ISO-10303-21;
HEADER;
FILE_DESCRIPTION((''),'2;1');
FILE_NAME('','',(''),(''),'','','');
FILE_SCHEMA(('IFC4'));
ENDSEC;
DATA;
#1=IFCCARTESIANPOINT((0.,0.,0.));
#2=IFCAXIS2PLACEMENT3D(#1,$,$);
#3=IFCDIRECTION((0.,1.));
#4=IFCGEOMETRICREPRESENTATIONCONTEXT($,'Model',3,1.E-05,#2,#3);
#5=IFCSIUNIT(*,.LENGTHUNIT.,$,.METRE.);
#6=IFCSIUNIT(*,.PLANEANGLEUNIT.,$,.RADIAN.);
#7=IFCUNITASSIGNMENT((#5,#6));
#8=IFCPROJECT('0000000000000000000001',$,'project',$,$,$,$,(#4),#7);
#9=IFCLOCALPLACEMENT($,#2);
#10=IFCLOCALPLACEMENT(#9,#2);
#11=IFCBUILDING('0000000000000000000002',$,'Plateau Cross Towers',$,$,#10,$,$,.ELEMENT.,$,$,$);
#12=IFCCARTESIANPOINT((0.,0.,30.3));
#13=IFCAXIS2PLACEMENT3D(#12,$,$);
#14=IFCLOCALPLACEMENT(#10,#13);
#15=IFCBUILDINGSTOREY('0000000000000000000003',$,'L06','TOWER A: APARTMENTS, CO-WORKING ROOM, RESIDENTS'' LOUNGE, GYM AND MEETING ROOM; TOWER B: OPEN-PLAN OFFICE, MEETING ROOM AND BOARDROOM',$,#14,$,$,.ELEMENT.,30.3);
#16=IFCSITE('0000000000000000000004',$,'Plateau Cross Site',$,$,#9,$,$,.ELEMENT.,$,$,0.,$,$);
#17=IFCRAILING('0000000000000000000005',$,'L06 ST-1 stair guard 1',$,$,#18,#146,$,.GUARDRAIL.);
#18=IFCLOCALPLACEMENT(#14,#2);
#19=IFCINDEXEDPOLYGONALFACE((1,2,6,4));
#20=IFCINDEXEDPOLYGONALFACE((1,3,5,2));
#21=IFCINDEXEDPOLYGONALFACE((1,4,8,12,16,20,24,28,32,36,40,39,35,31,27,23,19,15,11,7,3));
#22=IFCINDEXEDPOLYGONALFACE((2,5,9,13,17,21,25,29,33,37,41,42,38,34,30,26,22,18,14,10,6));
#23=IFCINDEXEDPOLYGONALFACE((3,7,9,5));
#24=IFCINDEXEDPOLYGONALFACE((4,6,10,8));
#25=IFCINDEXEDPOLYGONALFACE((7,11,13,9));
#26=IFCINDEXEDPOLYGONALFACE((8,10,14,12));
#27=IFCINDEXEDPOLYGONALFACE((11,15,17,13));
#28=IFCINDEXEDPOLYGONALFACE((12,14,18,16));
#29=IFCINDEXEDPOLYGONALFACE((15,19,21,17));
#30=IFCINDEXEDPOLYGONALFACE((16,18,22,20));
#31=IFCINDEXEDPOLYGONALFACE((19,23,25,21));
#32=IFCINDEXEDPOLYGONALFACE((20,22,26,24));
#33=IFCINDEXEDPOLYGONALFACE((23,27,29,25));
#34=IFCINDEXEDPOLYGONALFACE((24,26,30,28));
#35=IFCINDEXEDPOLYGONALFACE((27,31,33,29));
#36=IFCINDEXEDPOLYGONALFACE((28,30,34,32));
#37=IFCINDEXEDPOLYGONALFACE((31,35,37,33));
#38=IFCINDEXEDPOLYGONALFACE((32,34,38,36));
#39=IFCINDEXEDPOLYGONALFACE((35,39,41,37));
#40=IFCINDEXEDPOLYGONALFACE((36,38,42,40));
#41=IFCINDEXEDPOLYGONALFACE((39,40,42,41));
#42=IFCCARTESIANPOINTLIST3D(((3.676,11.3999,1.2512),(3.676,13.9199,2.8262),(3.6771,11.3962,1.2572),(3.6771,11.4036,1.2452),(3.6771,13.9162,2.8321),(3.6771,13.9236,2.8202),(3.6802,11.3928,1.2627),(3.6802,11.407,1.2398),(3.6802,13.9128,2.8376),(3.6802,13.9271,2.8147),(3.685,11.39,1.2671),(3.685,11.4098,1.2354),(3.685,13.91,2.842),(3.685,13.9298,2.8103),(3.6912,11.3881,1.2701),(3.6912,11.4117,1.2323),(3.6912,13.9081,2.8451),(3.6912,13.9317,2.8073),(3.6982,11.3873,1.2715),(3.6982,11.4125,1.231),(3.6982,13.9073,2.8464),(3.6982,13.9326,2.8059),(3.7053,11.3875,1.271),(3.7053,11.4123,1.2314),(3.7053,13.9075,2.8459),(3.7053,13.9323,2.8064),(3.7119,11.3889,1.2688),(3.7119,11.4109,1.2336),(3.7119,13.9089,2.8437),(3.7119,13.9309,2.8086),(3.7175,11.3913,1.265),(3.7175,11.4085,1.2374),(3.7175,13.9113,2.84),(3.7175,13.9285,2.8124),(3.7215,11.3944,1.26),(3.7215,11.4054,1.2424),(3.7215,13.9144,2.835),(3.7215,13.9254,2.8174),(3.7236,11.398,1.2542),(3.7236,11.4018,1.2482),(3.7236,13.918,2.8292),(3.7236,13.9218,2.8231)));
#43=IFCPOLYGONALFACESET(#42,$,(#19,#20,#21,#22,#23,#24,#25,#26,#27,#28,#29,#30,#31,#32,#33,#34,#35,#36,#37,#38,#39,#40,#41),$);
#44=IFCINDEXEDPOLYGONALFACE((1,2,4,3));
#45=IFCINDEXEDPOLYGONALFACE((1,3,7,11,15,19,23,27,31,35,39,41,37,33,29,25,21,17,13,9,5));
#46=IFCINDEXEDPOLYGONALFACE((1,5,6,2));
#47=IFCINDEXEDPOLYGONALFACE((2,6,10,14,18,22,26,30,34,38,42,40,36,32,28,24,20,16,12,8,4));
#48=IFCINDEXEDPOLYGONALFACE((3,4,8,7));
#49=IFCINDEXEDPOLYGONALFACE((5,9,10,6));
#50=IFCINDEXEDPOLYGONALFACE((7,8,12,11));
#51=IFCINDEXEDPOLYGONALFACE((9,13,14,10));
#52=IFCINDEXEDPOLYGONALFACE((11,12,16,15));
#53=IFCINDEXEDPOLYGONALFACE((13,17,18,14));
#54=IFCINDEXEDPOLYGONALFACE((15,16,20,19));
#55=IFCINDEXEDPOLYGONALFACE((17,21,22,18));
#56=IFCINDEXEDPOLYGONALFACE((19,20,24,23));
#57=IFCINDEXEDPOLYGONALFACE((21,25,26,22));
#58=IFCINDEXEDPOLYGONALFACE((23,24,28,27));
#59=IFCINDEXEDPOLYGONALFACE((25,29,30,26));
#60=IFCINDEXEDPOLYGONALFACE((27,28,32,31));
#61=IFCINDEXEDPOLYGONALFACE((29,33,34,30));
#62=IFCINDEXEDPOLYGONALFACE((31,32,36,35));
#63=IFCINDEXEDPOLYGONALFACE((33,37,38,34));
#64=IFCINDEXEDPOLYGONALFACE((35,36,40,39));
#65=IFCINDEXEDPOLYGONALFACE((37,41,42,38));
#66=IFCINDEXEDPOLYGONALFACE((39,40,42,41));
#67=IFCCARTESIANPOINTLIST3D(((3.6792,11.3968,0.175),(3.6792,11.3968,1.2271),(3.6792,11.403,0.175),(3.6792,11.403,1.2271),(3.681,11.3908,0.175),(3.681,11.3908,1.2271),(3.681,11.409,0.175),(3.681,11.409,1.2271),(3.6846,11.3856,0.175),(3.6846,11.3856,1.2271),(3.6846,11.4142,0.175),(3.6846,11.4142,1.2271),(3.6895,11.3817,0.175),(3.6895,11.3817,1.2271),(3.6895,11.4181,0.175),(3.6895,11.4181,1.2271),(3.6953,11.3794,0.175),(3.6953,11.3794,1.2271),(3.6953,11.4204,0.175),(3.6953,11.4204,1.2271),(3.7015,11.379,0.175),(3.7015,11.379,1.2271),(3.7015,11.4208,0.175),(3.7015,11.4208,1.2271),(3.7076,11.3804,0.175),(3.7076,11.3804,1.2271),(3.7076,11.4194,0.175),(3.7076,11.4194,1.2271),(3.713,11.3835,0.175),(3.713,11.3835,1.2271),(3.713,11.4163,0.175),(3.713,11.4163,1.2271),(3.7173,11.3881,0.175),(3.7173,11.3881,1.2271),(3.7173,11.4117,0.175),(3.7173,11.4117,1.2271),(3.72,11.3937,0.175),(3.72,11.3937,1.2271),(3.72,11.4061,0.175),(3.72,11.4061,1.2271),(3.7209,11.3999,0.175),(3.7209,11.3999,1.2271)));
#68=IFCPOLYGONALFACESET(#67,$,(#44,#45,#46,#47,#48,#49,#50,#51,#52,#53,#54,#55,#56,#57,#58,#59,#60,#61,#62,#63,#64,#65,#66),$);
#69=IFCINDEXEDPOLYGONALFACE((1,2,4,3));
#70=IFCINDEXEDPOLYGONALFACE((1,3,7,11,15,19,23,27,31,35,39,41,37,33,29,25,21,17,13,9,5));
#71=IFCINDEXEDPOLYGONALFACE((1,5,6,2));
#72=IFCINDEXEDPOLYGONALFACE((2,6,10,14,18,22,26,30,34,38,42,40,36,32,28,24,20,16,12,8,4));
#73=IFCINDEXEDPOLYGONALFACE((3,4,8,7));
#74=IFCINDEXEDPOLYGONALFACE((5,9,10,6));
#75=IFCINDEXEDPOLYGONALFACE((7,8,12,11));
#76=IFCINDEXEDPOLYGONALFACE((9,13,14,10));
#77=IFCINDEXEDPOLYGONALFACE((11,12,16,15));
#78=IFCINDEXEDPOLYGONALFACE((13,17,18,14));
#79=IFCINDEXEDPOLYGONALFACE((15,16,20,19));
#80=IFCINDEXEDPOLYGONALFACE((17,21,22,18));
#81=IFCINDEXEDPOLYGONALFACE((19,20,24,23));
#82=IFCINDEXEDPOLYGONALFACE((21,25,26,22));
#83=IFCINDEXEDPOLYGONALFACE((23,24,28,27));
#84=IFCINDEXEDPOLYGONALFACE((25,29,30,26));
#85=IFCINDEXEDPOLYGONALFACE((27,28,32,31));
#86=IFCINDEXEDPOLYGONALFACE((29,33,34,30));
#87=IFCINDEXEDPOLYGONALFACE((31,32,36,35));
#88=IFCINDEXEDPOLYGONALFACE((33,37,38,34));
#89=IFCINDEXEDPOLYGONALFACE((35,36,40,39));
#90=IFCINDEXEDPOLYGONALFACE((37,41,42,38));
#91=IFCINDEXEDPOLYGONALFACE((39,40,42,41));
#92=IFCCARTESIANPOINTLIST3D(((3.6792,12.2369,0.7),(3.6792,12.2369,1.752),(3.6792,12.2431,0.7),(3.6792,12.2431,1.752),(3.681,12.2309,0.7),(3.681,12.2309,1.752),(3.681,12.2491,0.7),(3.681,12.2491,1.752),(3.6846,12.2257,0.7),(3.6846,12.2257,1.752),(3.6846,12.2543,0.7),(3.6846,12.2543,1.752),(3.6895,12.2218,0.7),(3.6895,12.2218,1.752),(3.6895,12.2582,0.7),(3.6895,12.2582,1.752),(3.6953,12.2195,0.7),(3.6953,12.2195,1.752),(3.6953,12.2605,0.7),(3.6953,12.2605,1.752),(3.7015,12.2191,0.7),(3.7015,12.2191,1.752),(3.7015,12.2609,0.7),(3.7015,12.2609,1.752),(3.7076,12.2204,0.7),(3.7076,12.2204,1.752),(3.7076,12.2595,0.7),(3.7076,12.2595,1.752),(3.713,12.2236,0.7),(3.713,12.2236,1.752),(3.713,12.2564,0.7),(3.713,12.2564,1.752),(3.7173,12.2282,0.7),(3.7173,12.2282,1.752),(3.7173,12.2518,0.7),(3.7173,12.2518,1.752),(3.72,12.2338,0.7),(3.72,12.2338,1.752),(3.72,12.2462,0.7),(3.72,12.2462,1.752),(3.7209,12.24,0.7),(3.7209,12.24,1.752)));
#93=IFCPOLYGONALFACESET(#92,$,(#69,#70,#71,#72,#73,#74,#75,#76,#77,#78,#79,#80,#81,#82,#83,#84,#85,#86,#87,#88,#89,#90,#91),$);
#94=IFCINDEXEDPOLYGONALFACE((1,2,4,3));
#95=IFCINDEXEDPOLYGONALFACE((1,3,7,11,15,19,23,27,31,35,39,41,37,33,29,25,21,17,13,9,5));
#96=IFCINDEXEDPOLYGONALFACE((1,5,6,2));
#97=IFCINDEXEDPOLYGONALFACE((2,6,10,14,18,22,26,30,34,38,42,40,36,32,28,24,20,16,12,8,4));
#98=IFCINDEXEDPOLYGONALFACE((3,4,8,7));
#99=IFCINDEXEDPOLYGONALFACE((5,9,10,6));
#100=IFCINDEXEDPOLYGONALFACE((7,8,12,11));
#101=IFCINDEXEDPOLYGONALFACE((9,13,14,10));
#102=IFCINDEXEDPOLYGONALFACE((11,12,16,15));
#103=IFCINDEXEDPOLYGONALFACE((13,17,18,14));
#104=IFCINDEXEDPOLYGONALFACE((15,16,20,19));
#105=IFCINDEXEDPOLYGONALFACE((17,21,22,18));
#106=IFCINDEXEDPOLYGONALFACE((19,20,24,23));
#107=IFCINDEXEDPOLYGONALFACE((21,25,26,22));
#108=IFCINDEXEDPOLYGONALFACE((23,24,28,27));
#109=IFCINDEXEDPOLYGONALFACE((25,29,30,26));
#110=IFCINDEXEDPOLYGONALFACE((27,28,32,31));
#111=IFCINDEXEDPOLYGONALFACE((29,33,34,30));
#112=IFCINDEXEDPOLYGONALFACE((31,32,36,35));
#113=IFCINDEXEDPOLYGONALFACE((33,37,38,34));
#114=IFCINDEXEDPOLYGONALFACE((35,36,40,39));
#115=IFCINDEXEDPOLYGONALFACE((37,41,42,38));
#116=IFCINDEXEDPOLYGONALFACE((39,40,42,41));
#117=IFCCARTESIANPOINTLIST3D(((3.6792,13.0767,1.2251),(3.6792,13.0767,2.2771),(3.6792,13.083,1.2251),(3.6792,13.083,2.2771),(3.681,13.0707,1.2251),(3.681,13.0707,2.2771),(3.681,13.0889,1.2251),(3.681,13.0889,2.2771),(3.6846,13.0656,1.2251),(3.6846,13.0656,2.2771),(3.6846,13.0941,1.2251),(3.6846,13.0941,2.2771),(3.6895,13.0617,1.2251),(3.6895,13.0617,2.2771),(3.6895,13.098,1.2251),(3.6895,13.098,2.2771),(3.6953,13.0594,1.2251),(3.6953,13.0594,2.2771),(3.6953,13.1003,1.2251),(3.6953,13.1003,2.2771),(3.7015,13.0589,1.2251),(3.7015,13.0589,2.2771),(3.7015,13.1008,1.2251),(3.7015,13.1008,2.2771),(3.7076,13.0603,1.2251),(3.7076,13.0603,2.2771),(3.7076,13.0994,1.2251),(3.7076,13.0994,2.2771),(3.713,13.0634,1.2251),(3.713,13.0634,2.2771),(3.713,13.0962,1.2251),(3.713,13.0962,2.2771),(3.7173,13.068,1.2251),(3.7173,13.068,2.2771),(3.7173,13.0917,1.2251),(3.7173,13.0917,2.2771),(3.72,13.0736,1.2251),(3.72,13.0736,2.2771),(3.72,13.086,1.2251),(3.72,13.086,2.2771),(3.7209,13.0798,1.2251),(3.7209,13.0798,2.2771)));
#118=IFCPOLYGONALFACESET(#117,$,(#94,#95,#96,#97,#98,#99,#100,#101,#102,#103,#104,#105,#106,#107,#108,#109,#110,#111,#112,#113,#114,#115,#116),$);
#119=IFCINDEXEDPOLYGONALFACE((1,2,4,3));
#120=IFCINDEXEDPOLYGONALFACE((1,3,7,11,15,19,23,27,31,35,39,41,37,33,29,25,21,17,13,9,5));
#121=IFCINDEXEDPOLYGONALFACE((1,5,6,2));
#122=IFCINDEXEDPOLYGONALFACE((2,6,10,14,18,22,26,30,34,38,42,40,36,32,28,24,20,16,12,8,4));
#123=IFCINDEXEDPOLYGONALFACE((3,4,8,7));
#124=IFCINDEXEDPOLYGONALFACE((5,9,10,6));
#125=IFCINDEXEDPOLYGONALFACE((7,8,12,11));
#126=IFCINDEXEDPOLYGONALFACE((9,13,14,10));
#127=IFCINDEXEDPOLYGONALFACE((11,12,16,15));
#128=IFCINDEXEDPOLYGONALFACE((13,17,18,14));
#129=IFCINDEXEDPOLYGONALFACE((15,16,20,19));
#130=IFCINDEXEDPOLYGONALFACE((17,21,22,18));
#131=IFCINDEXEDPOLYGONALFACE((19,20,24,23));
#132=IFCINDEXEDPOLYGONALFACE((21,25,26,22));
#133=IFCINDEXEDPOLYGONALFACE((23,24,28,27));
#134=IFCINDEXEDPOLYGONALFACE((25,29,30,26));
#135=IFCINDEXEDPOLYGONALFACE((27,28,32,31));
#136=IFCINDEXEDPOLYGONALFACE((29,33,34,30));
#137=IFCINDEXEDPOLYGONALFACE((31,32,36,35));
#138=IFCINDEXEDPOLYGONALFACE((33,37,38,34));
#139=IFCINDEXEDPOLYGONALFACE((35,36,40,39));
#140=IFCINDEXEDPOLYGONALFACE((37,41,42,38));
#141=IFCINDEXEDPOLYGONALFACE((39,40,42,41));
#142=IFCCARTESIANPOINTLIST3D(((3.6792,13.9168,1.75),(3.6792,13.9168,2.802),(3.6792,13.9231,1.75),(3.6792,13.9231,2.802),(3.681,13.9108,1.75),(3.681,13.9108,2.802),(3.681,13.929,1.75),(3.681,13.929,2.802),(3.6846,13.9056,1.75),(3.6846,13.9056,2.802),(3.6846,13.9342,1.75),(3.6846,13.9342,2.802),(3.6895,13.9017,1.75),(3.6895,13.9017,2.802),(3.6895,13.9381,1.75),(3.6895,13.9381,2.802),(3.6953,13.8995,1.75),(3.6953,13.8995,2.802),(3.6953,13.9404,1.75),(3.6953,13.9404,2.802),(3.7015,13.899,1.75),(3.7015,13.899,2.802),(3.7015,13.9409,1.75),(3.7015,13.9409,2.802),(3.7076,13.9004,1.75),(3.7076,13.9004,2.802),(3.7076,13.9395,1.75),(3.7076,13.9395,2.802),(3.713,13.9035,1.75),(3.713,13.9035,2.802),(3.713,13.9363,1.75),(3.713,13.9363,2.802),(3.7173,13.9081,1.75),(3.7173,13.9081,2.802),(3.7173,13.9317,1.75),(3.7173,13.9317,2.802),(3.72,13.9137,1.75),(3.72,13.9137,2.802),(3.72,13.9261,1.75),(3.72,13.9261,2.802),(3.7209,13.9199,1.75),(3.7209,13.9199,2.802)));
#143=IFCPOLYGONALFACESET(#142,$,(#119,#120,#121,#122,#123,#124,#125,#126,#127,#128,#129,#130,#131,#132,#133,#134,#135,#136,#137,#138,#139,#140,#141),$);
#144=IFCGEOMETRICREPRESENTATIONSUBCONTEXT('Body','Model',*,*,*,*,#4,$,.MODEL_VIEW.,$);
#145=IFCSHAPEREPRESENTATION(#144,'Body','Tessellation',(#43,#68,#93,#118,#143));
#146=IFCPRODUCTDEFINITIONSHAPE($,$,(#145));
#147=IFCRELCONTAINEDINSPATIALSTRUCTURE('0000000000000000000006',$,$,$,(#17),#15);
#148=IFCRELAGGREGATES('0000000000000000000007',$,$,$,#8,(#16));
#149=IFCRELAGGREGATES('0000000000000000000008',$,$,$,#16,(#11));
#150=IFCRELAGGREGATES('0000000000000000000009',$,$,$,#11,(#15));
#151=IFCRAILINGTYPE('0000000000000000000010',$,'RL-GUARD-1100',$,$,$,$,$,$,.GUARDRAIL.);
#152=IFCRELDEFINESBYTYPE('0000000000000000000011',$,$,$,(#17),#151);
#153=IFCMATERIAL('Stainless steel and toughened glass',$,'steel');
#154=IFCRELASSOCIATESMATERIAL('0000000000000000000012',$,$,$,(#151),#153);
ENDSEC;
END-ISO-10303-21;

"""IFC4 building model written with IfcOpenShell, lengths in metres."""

from ifc_helpers import new_model, si_unit, direction, frame, origin, origin_2d, place, context, subcontext, project, spatial, circle, extrude, material, type_object, element, save


model = new_model("IFC4")

# Units and contexts
model_context = context("Model", 3, precision=1e-05, world=origin(), true_north=direction((0.0, 1.0)))
body_context = subcontext(model_context, "Body", "Model", "MODEL_VIEW")
ifc_project = project(units=[si_unit("LENGTHUNIT", "METRE"), si_unit("PLANEANGLEUNIT", "RADIAN")], contexts=[model_context])

# Site, building, storey
site_placement = place(None, origin())
site = spatial("IfcSite", under=ifc_project, at=site_placement, Name="Plateau Cross Site", CompositionType="ELEMENT", RefElevation=0.0)
building_placement = place(site_placement, origin())
building = spatial("IfcBuilding", under=site, at=building_placement, Name="Plateau Cross Towers", CompositionType="ELEMENT")
storey_placement = place(building_placement, frame((0.0, 0.0, 30.3)))
storey = spatial("IfcBuildingStorey", under=building, at=storey_placement, Name="L06", Description="TOWER A: APARTMENTS, CO-WORKING ROOM, RESIDENTS' LOUNGE, GYM AND MEETING ROOM; TOWER B: OPEN-PLAN OFFICE, MEETING ROOM AND BOARDROOM", CompositionType="ELEMENT", Elevation=30.3)

# Railing
ifc_material_1 = material(Name="Stainless steel and toughened glass", Category="steel")
railing_type_1 = type_object("IfcRailingType", Name="RL-GUARD-1100", PredefinedType="GUARDRAIL", material=ifc_material_1)
railing_1_placement = place(storey_placement, frame((3.7, 11.3999, 0.175)))
element("IfcRailing", 1, at=railing_1_placement, inside=storey, type_object=railing_type_1, Name="L06 ST-1 stair guard 1", PredefinedType="GUARDRAIL", context=body_context, shape_type="SweptSolid", body=[
    extrude(circle(Radius=0.0239, at=origin_2d()), frame((0.0, 0.0, 1.0762), z_axis=(0.0, 0.848008, 0.529984), x_axis=(-1.0, 0.0, 0.0)), (0.0, 0.0, 1.0), 2.9717),
    extrude(circle(Radius=0.021, at=origin_2d()), origin(), (0.0, 0.0, 1.0), 1.052),
    extrude(circle(Radius=0.021, at=origin_2d()), frame((0.0, 0.8401, 0.5249)), (0.0, 0.0, 1.0), 1.052),
    extrude(circle(Radius=0.021, at=origin_2d()), frame((0.0, 1.6799, 1.05)), (0.0, 0.0, 1.0), 1.052),
    extrude(circle(Radius=0.021, at=origin_2d()), frame((0.0, 2.52, 1.575)), (0.0, 0.0, 1.0), 1.052),
])

save(model, "model.ifc")
